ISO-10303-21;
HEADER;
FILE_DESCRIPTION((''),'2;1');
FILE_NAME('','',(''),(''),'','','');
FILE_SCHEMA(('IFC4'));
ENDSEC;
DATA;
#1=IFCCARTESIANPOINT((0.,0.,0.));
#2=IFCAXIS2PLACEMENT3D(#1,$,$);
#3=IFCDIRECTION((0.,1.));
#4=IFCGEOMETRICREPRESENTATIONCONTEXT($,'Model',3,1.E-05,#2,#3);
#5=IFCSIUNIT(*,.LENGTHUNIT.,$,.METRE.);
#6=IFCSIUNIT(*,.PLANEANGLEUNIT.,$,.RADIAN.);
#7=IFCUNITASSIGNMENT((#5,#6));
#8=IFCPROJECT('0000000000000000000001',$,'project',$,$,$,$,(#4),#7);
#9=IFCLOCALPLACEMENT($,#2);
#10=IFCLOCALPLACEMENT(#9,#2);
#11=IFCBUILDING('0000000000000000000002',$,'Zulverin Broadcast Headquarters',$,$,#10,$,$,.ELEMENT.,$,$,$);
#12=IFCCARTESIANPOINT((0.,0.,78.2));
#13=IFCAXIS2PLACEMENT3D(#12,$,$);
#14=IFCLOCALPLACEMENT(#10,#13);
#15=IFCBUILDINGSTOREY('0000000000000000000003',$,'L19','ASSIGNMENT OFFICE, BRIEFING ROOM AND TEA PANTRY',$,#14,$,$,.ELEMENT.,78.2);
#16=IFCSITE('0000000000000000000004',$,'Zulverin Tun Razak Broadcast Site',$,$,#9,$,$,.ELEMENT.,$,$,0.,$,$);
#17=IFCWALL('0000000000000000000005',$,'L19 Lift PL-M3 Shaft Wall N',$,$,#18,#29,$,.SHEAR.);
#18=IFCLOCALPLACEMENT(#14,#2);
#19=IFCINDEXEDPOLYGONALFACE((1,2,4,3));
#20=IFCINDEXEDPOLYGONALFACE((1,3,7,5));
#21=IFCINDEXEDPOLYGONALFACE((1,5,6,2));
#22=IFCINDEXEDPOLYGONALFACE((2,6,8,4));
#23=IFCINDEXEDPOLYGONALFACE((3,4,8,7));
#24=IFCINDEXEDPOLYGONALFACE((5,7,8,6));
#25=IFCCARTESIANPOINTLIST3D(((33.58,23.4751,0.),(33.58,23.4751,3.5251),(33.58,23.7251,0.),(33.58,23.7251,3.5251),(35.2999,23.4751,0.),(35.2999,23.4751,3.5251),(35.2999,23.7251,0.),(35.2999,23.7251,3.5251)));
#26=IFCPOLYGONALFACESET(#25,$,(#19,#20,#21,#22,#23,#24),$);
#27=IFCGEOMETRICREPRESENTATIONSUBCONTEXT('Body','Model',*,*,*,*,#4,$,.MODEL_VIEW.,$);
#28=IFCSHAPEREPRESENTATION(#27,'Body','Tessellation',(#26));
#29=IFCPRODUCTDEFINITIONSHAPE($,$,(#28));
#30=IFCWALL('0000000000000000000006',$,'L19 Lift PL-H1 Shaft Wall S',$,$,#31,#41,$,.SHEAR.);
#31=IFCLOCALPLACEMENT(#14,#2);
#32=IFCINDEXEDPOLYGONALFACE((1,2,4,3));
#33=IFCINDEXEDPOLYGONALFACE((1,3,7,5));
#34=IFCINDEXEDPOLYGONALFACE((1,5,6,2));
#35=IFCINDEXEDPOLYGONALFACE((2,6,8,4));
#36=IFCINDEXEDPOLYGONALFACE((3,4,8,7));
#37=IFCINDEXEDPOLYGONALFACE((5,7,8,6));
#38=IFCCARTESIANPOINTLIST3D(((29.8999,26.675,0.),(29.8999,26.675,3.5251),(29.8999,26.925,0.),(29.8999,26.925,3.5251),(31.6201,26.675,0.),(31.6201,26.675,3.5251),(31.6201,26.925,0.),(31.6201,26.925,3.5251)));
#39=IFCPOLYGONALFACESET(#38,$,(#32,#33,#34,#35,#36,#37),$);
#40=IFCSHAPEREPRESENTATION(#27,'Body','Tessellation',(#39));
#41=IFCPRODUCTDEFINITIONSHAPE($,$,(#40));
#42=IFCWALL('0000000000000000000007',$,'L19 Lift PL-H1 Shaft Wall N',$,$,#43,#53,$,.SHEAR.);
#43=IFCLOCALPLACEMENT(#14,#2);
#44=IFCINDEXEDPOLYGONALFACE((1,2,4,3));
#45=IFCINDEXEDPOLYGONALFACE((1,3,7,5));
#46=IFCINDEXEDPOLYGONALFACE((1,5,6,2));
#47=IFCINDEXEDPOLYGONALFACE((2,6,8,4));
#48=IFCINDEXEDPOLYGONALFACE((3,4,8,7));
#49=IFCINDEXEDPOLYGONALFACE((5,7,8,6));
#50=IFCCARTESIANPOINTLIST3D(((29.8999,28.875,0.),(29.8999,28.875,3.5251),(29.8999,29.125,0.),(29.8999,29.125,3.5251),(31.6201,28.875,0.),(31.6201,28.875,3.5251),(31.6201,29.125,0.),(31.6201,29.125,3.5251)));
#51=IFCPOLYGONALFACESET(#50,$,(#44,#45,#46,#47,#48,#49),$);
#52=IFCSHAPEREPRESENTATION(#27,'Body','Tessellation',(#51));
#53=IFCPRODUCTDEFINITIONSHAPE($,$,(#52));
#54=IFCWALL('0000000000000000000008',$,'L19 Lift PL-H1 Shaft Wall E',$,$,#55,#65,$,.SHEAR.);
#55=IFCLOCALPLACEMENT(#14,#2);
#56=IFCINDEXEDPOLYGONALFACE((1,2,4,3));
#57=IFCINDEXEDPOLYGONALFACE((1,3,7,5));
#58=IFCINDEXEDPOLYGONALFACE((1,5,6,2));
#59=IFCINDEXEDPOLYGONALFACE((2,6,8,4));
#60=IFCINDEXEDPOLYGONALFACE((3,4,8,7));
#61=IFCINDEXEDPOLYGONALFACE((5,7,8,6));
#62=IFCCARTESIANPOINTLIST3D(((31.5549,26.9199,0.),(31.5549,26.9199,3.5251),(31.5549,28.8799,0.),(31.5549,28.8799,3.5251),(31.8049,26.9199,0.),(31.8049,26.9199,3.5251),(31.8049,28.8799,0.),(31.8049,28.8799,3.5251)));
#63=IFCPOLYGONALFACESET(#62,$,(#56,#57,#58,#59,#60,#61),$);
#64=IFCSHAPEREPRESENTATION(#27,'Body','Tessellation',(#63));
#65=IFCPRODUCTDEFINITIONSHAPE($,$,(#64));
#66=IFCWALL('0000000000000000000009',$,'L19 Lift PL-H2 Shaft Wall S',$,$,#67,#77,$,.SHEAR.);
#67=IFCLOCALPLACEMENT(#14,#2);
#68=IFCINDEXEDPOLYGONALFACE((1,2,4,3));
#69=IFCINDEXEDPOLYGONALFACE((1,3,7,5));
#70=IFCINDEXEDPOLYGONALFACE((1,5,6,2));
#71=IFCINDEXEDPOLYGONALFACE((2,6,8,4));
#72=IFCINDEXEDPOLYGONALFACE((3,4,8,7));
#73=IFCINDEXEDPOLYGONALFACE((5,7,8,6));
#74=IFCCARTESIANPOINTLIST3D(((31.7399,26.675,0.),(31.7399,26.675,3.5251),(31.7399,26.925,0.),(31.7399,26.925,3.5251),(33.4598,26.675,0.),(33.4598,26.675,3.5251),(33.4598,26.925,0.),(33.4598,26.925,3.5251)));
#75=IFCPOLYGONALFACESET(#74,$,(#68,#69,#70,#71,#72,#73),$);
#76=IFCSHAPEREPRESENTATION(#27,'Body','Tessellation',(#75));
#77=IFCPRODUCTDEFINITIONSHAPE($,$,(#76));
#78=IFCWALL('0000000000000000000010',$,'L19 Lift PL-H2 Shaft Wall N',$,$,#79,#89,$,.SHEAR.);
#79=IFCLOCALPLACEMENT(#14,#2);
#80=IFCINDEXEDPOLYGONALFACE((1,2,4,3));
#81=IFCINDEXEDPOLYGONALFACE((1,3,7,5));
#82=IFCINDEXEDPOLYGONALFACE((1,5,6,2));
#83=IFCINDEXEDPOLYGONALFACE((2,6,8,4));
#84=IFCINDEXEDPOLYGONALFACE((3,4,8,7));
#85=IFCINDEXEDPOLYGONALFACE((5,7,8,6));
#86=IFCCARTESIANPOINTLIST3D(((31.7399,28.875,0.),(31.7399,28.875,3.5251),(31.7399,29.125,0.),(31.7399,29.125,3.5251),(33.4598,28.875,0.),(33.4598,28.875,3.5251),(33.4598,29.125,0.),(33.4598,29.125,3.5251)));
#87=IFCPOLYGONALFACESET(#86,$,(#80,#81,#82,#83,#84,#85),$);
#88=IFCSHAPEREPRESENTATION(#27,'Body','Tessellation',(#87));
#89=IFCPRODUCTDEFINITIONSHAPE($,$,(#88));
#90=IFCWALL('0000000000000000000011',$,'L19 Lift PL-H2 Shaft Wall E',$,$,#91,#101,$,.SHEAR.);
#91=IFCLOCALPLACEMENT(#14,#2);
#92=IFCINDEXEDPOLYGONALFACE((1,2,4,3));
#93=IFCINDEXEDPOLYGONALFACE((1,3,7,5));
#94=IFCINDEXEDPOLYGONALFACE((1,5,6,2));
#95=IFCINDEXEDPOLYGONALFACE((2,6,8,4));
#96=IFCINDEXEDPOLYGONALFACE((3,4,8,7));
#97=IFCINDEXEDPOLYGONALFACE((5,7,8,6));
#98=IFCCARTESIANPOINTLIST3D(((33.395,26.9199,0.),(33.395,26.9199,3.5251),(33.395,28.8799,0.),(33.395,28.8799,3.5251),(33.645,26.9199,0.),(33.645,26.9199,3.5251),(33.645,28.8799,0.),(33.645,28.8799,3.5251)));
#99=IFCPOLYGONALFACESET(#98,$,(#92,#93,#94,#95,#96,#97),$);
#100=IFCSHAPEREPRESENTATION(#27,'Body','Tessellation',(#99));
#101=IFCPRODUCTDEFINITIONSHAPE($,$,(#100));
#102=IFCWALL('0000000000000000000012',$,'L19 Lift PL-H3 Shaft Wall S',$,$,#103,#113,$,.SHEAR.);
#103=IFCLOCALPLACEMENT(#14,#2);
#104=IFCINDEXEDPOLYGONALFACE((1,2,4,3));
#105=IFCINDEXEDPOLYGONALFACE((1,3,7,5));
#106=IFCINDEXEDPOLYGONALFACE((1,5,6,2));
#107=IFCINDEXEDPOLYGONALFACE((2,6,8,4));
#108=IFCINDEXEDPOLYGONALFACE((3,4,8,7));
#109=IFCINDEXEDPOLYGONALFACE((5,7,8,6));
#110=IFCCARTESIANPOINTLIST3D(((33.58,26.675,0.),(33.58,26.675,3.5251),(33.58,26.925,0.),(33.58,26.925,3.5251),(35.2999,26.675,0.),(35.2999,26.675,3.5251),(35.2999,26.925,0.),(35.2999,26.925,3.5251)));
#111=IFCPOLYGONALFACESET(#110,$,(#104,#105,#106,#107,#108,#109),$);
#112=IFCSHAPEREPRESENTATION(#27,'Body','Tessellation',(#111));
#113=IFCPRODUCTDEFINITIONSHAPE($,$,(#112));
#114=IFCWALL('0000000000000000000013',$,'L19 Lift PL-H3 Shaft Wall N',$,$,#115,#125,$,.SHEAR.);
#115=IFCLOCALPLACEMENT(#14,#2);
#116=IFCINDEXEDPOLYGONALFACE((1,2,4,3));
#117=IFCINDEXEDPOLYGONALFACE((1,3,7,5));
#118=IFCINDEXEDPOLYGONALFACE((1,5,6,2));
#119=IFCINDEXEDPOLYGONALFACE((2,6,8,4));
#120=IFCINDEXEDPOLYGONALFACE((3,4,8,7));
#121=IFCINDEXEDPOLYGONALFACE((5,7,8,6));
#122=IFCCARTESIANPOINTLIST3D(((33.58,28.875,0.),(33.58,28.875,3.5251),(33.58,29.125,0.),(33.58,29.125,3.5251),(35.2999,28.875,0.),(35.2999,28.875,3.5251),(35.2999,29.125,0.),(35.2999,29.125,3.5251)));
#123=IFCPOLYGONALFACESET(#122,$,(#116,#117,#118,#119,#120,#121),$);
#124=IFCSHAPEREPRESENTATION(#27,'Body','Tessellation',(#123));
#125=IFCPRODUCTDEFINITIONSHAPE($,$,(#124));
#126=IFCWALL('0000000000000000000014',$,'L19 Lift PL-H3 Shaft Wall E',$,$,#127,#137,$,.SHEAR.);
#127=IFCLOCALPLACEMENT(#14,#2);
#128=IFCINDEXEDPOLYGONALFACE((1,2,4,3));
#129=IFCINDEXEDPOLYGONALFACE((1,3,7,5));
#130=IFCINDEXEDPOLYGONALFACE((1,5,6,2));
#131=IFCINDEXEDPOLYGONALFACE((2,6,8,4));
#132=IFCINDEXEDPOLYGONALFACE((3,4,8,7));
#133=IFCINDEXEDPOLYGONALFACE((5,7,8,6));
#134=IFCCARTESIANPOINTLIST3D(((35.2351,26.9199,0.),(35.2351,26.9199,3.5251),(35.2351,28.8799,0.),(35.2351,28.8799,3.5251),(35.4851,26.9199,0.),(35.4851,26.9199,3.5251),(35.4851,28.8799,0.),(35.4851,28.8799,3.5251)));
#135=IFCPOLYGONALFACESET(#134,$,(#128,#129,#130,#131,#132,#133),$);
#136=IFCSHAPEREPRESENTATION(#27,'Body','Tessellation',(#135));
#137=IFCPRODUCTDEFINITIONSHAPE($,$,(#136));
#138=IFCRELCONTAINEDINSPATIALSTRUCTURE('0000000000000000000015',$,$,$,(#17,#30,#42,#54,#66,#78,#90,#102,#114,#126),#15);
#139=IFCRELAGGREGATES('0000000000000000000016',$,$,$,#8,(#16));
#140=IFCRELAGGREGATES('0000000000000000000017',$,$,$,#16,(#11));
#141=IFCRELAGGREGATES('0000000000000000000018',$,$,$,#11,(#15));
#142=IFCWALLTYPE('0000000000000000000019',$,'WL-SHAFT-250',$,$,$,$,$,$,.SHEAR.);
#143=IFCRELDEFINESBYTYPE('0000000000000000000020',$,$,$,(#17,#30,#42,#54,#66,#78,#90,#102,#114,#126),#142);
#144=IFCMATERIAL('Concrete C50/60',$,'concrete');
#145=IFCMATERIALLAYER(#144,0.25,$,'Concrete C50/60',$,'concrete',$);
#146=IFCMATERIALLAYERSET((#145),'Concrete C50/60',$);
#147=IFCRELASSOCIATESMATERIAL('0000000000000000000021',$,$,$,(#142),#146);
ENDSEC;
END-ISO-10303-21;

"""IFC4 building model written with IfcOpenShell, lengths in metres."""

from ifc_helpers import new_model, si_unit, direction, frame, frame_2d, origin, place, context, subcontext, project, spatial, rectangle, extrude, material, layer, layer_set, type_object, element, save


model = new_model("IFC4")

# Units and contexts
model_context = context("Model", 3, precision=1e-05, world=origin(), true_north=direction((0.0, 1.0)))
body_context = subcontext(model_context, "Body", "Model", "MODEL_VIEW")
ifc_project = project(units=[si_unit("LENGTHUNIT", "METRE"), si_unit("PLANEANGLEUNIT", "RADIAN")], contexts=[model_context])

# Site, building, storey
site_placement = place(None, origin())
site = spatial("IfcSite", under=ifc_project, at=site_placement, Name="Zulverin Tun Razak Broadcast Site", CompositionType="ELEMENT", RefElevation=0.0)
building_placement = place(site_placement, origin())
building = spatial("IfcBuilding", under=site, at=building_placement, Name="Zulverin Broadcast Headquarters", CompositionType="ELEMENT")
storey_placement = place(building_placement, frame((0.0, 0.0, 78.2)))
storey = spatial("IfcBuildingStorey", under=building, at=storey_placement, Name="L19", Description="ASSIGNMENT OFFICE, BRIEFING ROOM AND TEA PANTRY", CompositionType="ELEMENT", Elevation=78.2)

# Shared definitions
ifc_material_1 = material(Name="Concrete C50/60", Category="concrete")
ifc_layer_1 = layer(ifc_material_1, 0.25, Name="Concrete C50/60", Category="concrete")
ifc_layer_set_1 = layer_set([ifc_layer_1], Name="Concrete C50/60")
wall_type_1 = type_object("IfcWallType", Name="WL-SHAFT-250", PredefinedType="SHEAR", material=ifc_layer_set_1)

# Walls
for number, where, z_axis, x_axis, name in (
    (1, (33.5801, 23.6001, 0.0), (0.0, 0.0, 1.0), (1.0, 0.0, 0.0), "L19 Lift PL-M3 Shaft Wall N"),
):
    element("IfcWall", number, at=place(storey_placement, frame(where, z_axis=z_axis, x_axis=x_axis)), inside=storey, type_object=wall_type_1, Name=name, PredefinedType="SHEAR", context=body_context, shape_type="SweptSolid", body=[
        extrude(rectangle(XDim=1.72, YDim=0.25, at=frame_2d((0.8599, 0.0))), origin(), (0.0, 0.0, 1.0), 3.5251),
    ])
for number, where, z_axis, x_axis, name in (
    (2, (29.8999, 26.8, 0.0), (0.0, 0.0, 1.0), (1.0, 0.0, 0.0), "L19 Lift PL-H1 Shaft Wall S"),
    (3, (29.8999, 29.0, 0.0), (0.0, 0.0, 1.0), (1.0, 0.0, 0.0), "L19 Lift PL-H1 Shaft Wall N"),
):
    element("IfcWall", number, at=place(storey_placement, frame(where, z_axis=z_axis, x_axis=x_axis)), inside=storey, type_object=wall_type_1, Name=name, PredefinedType="SHEAR", context=body_context, shape_type="SweptSolid", body=[
        extrude(rectangle(XDim=1.7202, YDim=0.25, at=frame_2d((0.8601, 0.0))), origin(), (0.0, 0.0, 1.0), 3.5251),
    ])
wall_1_placement = place(storey_placement, frame((31.6799, 26.9199, 0.0), z_axis=(0.0, 0.0, 1.0), x_axis=(0.0, 1.0, 0.0)))
element("IfcWall", 4, at=wall_1_placement, inside=storey, type_object=wall_type_1, Name="L19 Lift PL-H1 Shaft Wall E", PredefinedType="SHEAR", context=body_context, shape_type="SweptSolid", body=[
    extrude(rectangle(XDim=1.96, YDim=0.25, at=frame_2d((0.98, 0.0))), origin(), (0.0, 0.0, 1.0), 3.5251),
])
for number, where, z_axis, x_axis, name in (
    (5, (31.74, 26.8, 0.0), (0.0, 0.0, 1.0), (1.0, 0.0, 0.0), "L19 Lift PL-H2 Shaft Wall S"),
    (6, (31.74, 29.0, 0.0), (0.0, 0.0, 1.0), (1.0, 0.0, 0.0), "L19 Lift PL-H2 Shaft Wall N"),
):
    element("IfcWall", number, at=place(storey_placement, frame(where, z_axis=z_axis, x_axis=x_axis)), inside=storey, type_object=wall_type_1, Name=name, PredefinedType="SHEAR", context=body_context, shape_type="SweptSolid", body=[
        extrude(rectangle(XDim=1.72, YDim=0.25, at=frame_2d((0.8599, 0.0))), origin(), (0.0, 0.0, 1.0), 3.5251),
    ])
wall_2_placement = place(storey_placement, frame((33.52, 26.9199, 0.0), z_axis=(0.0, 0.0, 1.0), x_axis=(0.0, 1.0, 0.0)))
element("IfcWall", 7, at=wall_2_placement, inside=storey, type_object=wall_type_1, Name="L19 Lift PL-H2 Shaft Wall E", PredefinedType="SHEAR", context=body_context, shape_type="SweptSolid", body=[
    extrude(rectangle(XDim=1.96, YDim=0.25, at=frame_2d((0.98, 0.0))), origin(), (0.0, 0.0, 1.0), 3.5251),
])
for number, where, z_axis, x_axis, name in (
    (8, (33.5801, 26.8, 0.0), (0.0, 0.0, 1.0), (1.0, 0.0, 0.0), "L19 Lift PL-H3 Shaft Wall S"),
    (9, (33.5801, 29.0, 0.0), (0.0, 0.0, 1.0), (1.0, 0.0, 0.0), "L19 Lift PL-H3 Shaft Wall N"),
):
    element("IfcWall", number, at=place(storey_placement, frame(where, z_axis=z_axis, x_axis=x_axis)), inside=storey, type_object=wall_type_1, Name=name, PredefinedType="SHEAR", context=body_context, shape_type="SweptSolid", body=[
        extrude(rectangle(XDim=1.72, YDim=0.25, at=frame_2d((0.8599, 0.0))), origin(), (0.0, 0.0, 1.0), 3.5251),
    ])
wall_3_placement = place(storey_placement, frame((35.3601, 26.9199, 0.0), z_axis=(0.0, 0.0, 1.0), x_axis=(0.0, 1.0, 0.0)))
element("IfcWall", 10, at=wall_3_placement, inside=storey, type_object=wall_type_1, Name="L19 Lift PL-H3 Shaft Wall E", PredefinedType="SHEAR", context=body_context, shape_type="SweptSolid", body=[
    extrude(rectangle(XDim=1.96, YDim=0.25, at=frame_2d((0.98, 0.0))), origin(), (0.0, 0.0, 1.0), 3.5251),
])

save(model, "model.ifc")
